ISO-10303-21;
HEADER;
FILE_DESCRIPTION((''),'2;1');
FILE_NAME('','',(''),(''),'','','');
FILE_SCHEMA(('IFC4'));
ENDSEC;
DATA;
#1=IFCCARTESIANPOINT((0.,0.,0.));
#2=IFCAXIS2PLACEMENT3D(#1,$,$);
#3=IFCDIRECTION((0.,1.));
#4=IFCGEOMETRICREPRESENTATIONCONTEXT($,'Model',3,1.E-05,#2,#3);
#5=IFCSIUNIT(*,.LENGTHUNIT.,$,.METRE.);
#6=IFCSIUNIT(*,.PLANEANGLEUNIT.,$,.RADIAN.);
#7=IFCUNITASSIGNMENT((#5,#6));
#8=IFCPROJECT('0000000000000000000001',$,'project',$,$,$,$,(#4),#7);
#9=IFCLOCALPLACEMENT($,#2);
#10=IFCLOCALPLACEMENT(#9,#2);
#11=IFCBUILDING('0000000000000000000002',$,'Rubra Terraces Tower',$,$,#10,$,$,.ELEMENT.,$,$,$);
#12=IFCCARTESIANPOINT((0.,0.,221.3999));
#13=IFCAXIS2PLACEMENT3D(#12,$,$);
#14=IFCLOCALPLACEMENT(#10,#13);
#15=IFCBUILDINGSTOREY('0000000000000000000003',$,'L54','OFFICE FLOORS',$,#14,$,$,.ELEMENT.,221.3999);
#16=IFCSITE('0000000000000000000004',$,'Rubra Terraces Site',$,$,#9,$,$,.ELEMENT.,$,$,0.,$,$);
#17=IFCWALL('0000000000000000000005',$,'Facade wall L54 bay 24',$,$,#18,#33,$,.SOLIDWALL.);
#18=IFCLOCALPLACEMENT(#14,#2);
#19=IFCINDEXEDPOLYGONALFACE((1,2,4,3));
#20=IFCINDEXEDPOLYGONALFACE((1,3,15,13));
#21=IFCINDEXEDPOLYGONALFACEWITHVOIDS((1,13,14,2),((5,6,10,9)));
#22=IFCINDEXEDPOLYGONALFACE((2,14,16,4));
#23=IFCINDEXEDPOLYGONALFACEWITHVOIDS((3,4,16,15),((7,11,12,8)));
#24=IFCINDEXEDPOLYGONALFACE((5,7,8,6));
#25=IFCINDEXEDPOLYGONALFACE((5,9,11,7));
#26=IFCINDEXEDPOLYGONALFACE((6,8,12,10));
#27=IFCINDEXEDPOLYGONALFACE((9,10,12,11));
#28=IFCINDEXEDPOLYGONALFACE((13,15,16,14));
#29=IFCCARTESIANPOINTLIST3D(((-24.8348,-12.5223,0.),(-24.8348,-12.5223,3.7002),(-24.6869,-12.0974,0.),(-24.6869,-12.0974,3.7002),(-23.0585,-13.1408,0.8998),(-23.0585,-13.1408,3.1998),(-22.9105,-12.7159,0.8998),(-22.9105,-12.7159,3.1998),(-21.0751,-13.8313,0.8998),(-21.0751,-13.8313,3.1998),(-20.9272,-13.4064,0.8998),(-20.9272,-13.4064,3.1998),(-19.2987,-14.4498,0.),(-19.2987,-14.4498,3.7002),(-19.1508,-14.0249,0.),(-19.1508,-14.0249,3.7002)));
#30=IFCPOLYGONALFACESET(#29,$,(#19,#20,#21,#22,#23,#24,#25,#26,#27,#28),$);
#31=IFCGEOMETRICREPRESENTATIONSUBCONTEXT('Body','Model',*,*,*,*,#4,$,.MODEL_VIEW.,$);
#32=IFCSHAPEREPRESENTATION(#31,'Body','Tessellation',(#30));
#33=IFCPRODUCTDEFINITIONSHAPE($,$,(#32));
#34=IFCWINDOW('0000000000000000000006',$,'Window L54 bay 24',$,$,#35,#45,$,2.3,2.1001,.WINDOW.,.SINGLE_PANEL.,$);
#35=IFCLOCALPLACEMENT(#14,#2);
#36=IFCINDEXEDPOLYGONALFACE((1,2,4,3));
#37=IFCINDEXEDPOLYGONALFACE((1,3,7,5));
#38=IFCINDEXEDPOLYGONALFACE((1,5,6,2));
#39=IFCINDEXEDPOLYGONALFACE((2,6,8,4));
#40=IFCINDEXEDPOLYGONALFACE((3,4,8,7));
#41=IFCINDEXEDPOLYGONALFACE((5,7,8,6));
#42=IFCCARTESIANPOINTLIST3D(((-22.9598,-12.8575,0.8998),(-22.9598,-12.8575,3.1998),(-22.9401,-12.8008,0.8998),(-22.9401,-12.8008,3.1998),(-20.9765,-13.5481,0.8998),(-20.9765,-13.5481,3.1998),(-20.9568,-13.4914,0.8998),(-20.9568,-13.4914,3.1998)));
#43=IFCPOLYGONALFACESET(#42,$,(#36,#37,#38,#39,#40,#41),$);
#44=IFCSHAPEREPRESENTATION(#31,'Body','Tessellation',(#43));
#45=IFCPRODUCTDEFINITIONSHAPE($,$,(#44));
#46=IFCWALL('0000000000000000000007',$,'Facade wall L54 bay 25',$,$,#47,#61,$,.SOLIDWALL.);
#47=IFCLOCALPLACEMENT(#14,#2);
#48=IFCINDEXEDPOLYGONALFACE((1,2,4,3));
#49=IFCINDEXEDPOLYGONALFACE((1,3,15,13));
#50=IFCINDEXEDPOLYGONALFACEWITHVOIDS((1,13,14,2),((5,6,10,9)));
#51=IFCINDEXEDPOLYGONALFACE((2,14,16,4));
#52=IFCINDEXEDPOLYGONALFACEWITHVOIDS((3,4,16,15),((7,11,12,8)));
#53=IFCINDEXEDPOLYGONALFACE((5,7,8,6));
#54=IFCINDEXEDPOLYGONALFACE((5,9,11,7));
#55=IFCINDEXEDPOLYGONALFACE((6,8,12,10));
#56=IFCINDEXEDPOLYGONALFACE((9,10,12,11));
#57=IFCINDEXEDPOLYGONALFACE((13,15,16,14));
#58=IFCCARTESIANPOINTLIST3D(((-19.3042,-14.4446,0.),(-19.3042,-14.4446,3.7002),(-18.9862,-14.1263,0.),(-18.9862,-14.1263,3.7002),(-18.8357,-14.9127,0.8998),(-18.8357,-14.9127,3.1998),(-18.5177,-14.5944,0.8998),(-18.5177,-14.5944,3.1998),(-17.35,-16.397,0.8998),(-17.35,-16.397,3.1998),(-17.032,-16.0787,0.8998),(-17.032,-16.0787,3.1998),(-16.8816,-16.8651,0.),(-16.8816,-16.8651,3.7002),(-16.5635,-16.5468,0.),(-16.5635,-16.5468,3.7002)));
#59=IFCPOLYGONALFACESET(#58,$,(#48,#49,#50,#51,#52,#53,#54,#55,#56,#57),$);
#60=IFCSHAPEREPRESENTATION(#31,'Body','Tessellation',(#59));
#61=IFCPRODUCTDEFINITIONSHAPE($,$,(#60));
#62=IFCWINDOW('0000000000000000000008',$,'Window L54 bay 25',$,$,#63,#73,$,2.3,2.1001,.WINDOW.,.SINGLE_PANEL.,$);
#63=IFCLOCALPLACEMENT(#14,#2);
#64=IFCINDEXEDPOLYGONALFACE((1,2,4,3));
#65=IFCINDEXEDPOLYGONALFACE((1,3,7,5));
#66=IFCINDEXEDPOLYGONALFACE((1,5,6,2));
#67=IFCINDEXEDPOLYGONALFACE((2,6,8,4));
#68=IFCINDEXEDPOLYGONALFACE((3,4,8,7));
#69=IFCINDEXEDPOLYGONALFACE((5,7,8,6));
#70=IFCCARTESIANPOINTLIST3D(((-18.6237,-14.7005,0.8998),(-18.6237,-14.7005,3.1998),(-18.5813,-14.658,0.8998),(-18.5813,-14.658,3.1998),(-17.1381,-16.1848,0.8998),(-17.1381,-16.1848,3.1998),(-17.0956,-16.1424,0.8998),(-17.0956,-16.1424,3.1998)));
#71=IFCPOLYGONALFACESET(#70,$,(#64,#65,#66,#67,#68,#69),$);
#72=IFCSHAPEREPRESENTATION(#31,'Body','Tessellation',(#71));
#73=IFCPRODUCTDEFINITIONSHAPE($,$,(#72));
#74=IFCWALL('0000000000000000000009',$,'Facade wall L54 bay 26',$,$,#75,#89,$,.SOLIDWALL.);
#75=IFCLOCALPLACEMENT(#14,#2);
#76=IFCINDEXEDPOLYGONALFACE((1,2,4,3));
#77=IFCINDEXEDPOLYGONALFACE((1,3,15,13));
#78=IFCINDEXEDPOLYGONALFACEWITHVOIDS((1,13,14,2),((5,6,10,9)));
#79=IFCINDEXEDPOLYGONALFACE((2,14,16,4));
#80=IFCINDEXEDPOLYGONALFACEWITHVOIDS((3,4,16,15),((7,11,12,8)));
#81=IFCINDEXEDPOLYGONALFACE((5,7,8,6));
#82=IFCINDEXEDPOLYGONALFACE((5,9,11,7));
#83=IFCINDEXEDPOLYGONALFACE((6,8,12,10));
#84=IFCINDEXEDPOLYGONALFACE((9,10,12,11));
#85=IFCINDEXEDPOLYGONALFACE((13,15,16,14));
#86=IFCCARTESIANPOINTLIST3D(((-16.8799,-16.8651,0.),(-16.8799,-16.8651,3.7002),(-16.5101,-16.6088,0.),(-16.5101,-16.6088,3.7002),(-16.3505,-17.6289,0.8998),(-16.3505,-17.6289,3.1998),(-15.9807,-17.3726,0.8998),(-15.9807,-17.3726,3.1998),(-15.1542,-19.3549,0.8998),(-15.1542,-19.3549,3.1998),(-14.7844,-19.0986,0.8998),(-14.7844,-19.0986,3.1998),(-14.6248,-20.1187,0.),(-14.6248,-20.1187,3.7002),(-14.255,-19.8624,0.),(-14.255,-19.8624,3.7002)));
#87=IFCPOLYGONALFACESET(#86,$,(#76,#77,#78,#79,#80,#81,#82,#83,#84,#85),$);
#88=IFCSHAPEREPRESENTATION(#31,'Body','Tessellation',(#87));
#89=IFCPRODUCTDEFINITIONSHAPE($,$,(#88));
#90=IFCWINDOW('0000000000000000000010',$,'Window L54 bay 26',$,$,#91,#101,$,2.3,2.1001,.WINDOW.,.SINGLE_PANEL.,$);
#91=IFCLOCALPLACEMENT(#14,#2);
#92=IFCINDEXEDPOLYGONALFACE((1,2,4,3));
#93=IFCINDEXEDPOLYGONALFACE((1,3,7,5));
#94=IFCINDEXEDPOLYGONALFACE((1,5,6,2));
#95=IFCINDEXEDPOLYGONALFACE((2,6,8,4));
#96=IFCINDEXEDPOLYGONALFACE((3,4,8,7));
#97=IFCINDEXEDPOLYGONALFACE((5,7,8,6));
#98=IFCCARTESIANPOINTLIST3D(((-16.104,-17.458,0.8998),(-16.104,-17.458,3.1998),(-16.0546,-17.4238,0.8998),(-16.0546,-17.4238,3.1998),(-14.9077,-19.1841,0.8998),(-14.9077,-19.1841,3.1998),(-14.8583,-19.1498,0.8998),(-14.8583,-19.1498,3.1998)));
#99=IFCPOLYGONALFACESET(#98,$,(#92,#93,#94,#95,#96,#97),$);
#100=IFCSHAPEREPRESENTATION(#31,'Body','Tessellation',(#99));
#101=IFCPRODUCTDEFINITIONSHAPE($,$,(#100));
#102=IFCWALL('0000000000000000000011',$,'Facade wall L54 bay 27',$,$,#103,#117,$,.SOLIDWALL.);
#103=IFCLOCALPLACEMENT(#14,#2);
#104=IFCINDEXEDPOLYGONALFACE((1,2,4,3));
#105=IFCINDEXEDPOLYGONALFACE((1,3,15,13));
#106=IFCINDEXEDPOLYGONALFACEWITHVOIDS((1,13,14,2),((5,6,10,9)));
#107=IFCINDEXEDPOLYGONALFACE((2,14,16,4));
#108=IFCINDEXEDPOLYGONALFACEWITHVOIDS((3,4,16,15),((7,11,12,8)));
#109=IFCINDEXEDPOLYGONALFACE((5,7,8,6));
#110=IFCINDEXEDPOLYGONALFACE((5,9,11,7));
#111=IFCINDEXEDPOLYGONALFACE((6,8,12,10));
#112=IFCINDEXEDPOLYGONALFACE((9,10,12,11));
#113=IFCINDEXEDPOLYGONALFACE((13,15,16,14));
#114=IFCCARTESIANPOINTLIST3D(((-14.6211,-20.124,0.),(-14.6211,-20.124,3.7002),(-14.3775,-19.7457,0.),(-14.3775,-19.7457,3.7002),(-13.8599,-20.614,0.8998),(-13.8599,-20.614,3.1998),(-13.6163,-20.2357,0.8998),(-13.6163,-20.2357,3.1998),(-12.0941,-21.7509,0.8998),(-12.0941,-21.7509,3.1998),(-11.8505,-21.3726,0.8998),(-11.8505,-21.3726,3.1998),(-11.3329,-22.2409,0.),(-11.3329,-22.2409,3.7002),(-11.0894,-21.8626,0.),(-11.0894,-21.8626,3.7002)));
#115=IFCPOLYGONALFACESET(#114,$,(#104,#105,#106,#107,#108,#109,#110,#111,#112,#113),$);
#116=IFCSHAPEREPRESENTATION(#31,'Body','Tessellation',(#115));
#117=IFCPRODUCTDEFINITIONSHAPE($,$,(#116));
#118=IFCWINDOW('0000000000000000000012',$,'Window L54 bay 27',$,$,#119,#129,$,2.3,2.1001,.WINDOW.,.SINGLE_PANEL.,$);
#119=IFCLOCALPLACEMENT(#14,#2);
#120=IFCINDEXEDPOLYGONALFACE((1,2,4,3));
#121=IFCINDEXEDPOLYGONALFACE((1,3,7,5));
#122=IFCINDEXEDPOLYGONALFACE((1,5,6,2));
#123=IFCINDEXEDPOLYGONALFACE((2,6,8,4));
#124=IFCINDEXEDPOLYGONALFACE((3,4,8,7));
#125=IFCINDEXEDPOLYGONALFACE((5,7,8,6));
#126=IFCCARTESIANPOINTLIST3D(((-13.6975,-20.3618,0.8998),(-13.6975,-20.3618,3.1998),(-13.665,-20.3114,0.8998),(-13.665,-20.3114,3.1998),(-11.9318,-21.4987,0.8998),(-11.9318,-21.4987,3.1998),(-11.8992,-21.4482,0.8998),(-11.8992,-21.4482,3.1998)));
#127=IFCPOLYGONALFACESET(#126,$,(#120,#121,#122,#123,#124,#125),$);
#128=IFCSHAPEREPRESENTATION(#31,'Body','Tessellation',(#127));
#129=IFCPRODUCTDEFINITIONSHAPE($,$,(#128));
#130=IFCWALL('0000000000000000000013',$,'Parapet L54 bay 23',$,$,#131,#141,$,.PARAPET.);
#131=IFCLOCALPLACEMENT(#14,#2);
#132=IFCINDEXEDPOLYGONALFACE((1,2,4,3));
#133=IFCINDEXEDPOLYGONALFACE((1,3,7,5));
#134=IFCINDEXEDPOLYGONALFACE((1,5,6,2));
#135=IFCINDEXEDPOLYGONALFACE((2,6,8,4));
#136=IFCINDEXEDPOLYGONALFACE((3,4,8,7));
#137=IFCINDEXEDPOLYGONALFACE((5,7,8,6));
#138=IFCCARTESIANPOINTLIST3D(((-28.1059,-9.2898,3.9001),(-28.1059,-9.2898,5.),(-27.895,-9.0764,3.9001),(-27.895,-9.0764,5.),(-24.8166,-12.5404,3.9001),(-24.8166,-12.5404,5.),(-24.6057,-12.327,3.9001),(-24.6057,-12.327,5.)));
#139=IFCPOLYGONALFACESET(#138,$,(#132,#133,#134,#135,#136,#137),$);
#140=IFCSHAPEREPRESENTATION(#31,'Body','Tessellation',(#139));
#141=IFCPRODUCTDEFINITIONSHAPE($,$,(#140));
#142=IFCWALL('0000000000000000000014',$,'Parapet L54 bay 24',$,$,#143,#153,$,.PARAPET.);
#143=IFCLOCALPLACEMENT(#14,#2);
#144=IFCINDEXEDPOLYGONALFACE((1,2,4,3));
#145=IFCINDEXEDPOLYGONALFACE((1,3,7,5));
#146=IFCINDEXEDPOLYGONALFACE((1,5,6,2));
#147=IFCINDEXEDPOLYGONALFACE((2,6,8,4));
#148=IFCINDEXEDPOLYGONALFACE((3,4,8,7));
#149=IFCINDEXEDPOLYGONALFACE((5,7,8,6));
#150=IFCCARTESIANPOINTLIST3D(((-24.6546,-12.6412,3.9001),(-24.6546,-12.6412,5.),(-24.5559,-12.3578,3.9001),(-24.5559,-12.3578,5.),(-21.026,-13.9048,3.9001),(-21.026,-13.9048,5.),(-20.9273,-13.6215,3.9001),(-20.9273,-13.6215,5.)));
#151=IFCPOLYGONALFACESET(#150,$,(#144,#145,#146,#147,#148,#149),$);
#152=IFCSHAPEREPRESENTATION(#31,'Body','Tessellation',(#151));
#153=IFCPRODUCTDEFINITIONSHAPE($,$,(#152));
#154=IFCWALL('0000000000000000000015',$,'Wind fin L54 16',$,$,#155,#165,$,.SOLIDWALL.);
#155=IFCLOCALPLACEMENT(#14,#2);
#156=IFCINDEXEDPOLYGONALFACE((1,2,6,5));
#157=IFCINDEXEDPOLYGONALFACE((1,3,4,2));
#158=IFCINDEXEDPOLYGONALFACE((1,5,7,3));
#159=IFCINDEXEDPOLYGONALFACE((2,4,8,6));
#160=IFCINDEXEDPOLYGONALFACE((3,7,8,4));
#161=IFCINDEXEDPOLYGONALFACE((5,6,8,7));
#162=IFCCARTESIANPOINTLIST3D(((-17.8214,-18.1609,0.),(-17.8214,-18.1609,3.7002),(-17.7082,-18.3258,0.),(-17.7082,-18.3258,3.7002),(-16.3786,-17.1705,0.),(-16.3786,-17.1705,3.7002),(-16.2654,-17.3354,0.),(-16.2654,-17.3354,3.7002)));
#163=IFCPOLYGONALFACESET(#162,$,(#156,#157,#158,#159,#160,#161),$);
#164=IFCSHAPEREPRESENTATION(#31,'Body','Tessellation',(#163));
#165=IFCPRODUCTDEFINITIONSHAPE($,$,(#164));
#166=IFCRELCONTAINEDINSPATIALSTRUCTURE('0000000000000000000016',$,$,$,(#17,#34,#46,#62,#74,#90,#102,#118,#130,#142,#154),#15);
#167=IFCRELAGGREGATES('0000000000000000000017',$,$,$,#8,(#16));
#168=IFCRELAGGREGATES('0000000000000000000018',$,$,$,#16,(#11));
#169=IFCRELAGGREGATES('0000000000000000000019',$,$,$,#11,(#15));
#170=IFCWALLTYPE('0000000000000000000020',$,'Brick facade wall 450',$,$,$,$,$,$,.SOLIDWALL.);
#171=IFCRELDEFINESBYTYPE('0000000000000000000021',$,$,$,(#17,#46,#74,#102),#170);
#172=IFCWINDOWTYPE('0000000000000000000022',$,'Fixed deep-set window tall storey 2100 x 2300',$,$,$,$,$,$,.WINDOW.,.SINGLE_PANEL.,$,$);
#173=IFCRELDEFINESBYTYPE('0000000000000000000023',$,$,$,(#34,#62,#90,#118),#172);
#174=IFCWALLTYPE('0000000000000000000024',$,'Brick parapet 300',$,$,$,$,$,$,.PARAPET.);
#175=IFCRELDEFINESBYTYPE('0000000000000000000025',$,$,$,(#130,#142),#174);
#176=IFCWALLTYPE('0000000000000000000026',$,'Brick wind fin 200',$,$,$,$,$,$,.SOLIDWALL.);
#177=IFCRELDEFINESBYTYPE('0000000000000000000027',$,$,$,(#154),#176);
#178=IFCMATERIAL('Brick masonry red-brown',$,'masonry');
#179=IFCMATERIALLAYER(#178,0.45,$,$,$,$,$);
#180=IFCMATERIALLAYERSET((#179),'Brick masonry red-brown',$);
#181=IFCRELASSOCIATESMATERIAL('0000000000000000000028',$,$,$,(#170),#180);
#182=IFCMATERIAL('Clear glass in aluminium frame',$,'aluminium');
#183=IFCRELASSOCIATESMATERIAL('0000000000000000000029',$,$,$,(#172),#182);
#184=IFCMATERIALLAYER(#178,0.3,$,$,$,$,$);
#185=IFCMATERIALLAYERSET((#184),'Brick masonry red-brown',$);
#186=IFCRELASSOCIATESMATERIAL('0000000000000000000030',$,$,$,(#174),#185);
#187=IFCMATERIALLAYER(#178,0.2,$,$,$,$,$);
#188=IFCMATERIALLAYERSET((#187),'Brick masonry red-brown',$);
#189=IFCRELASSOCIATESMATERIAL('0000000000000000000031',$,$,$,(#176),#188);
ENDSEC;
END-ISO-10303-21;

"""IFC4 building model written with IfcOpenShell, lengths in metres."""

from ifc_helpers import new_model, si_unit, direction, frame, frame_2d, origin, place, context, subcontext, project, spatial, rectangle, extrude, material, layer, layer_set, type_object, element, fill, save


model = new_model("IFC4")

# Units and contexts
model_context = context("Model", 3, precision=1e-05, world=origin(), true_north=direction((0.0, 1.0)))
body_context = subcontext(model_context, "Body", "Model", "MODEL_VIEW")
ifc_project = project(units=[si_unit("LENGTHUNIT", "METRE"), si_unit("PLANEANGLEUNIT", "RADIAN")], contexts=[model_context])

# Site, building, storey
site_placement = place(None, origin())
site = spatial("IfcSite", under=ifc_project, at=site_placement, Name="Rubra Terraces Site", CompositionType="ELEMENT", RefElevation=0.0)
building_placement = place(site_placement, origin())
building = spatial("IfcBuilding", under=site, at=building_placement, Name="Rubra Terraces Tower", CompositionType="ELEMENT")
storey_placement = place(building_placement, frame((0.0, 0.0, 221.3999)))
storey = spatial("IfcBuildingStorey", under=building, at=storey_placement, Name="L54", Description="OFFICE FLOORS", CompositionType="ELEMENT", Elevation=221.3999)

# Walls, openings, windows
ifc_material_1 = material(Name="Brick masonry red-brown", Category="masonry")
ifc_layer_1 = layer(ifc_material_1, 0.45)
ifc_layer_set_1 = layer_set([ifc_layer_1], Name="Brick masonry red-brown")
wall_type_1 = type_object("IfcWallType", Name="Brick facade wall 450", PredefinedType="SOLIDWALL", material=ifc_layer_set_1)
wall_1_placement = place(storey_placement, frame((-24.761, -12.3098, 0.0), z_axis=(0.0, 0.0, 1.0), x_axis=(0.944397, -0.328807, 0.0)))
wall_1 = element("IfcWall", 1, at=wall_1_placement, inside=storey, type_object=wall_type_1, Name="Facade wall L54 bay 24", PredefinedType="SOLIDWALL", context=body_context, shape_type="SweptSolid", body=[
    extrude(rectangle(XDim=5.8621, YDim=0.45, at=frame_2d((2.9312, 0.0))), origin(), (0.0, 0.0, 1.0), 3.7002),
])
opening_1_placement = place(wall_1_placement, frame((1.8811, 0.0, 0.8999)))
opening_1 = element("IfcOpeningElement", 2, at=opening_1_placement, cuts=wall_1, PredefinedType="OPENING", context=body_context, shape_type="SweptSolid", body=[
    extrude(rectangle(XDim=2.1001, YDim=2.3, at=frame_2d((1.05, 1.1499))), frame((0.0, 0.2349, 0.0), z_axis=(0.0, -1.0, 0.0), x_axis=(1.0, 0.0, 0.0)), (0.0, 0.0, 1.0), 0.47),
])
ifc_material_2 = material(Name="Clear glass in aluminium frame", Category="aluminium")
window_type = type_object("IfcWindowType", Name="Fixed deep-set window tall storey 2100 x 2300", PartitioningType="SINGLE_PANEL", PredefinedType="WINDOW", material=ifc_material_2)
window_1_placement = place(opening_1_placement, origin())
window_1 = element("IfcWindow", 3, at=window_1_placement, inside=storey, type_object=window_type, Name="Window L54 bay 24", OverallHeight=2.3, OverallWidth=2.1001, PartitioningType="SINGLE_PANEL", PredefinedType="WINDOW", context=body_context, shape_type="SweptSolid", body=[
    extrude(rectangle(XDim=2.1001, YDim=2.3, at=frame_2d((1.05, 1.1499))), frame((0.0, 0.135, 0.0), z_axis=(0.0, -1.0, 0.0), x_axis=(1.0, 0.0, 0.0)), (0.0, 0.0, 1.0), 0.0601),
])
fill(opening_1, window_1)
wall_2_placement = place(storey_placement, frame((-19.1453, -14.2854, 0.0), z_axis=(0.0, 0.0, 1.0), x_axis=(0.707428, -0.706786, 0.0)))
wall_2 = element("IfcWall", 4, at=wall_2_placement, inside=storey, type_object=wall_type_1, Name="Facade wall L54 bay 25", PredefinedType="SOLIDWALL", context=body_context, shape_type="SweptSolid", body=[
    extrude(rectangle(XDim=3.4246, YDim=0.45, at=frame_2d((1.7124, 0.0))), origin(), (0.0, 0.0, 1.0), 3.7002),
])
opening_2_placement = place(wall_2_placement, frame((0.6624, 0.0, 0.8999)))
opening_2 = element("IfcOpeningElement", 5, at=opening_2_placement, cuts=wall_2, PredefinedType="OPENING", context=body_context, shape_type="SweptSolid", body=[
    extrude(rectangle(XDim=2.1001, YDim=2.3, at=frame_2d((1.05, 1.1499))), frame((0.0, 0.2349, 0.0), z_axis=(0.0, -1.0, 0.0), x_axis=(1.0, 0.0, 0.0)), (0.0, 0.0, 1.0), 0.47),
])
window_2_placement = place(opening_2_placement, origin())
window_2 = element("IfcWindow", 6, at=window_2_placement, inside=storey, type_object=window_type, Name="Window L54 bay 25", OverallHeight=2.3, OverallWidth=2.1001, PartitioningType="SINGLE_PANEL", PredefinedType="WINDOW", context=body_context, shape_type="SweptSolid", body=[
    extrude(rectangle(XDim=2.1001, YDim=2.3, at=frame_2d((1.05, 1.1499))), frame((0.0, 0.135, 0.0), z_axis=(0.0, -1.0, 0.0), x_axis=(1.0, 0.0, 0.0)), (0.0, 0.0, 1.0), 0.0601),
])
fill(opening_2, window_2)
wall_3_placement = place(storey_placement, frame((-16.6951, -16.7368, 0.0), z_axis=(0.0, 0.0, 1.0), x_axis=(0.569652, -0.821886, 0.0)))
wall_3 = element("IfcWall", 7, at=wall_3_placement, inside=storey, type_object=wall_type_1, Name="Facade wall L54 bay 26", PredefinedType="SOLIDWALL", context=body_context, shape_type="SweptSolid", body=[
    extrude(rectangle(XDim=3.9587, YDim=0.45, at=frame_2d((1.9795, 0.0))), origin(), (0.0, 0.0, 1.0), 3.7002),
])
opening_3_placement = place(wall_3_placement, frame((0.9294, 0.0, 0.8999)))
opening_3 = element("IfcOpeningElement", 8, at=opening_3_placement, cuts=wall_3, PredefinedType="OPENING", context=body_context, shape_type="SweptSolid", body=[
    extrude(rectangle(XDim=2.1001, YDim=2.3, at=frame_2d((1.05, 1.1499))), frame((0.0, 0.2349, 0.0), z_axis=(0.0, -1.0, 0.0), x_axis=(1.0, 0.0, 0.0)), (0.0, 0.0, 1.0), 0.47),
])
window_3_placement = place(opening_3_placement, origin())
window_3 = element("IfcWindow", 9, at=window_3_placement, inside=storey, type_object=window_type, Name="Window L54 bay 26", OverallHeight=2.3, OverallWidth=2.1001, PartitioningType="SINGLE_PANEL", PredefinedType="WINDOW", context=body_context, shape_type="SweptSolid", body=[
    extrude(rectangle(XDim=2.1001, YDim=2.3, at=frame_2d((1.05, 1.1499))), frame((0.0, 0.135, 0.0), z_axis=(0.0, -1.0, 0.0), x_axis=(1.0, 0.0, 0.0)), (0.0, 0.0, 1.0), 0.0601),
])
fill(opening_3, window_3)
wall_4_placement = place(storey_placement, frame((-14.4993, -19.9348, 0.0), z_axis=(0.0, 0.0, 1.0), x_axis=(0.840809, -0.541332, 0.0)))
wall_4 = element("IfcWall", 10, at=wall_4_placement, inside=storey, type_object=wall_type_1, Name="Facade wall L54 bay 27", PredefinedType="SOLIDWALL", context=body_context, shape_type="SweptSolid", body=[
    extrude(rectangle(XDim=3.9106, YDim=0.45, at=frame_2d((1.9553, 0.0))), origin(), (0.0, 0.0, 1.0), 3.7002),
])
opening_4_placement = place(wall_4_placement, frame((0.9053, 0.0, 0.8999)))
opening_4 = element("IfcOpeningElement", 11, at=opening_4_placement, cuts=wall_4, PredefinedType="OPENING", context=body_context, shape_type="SweptSolid", body=[
    extrude(rectangle(XDim=2.1001, YDim=2.3, at=frame_2d((1.05, 1.1499))), frame((0.0, 0.2349, 0.0), z_axis=(0.0, -1.0, 0.0), x_axis=(1.0, 0.0, 0.0)), (0.0, 0.0, 1.0), 0.47),
])
window_4_placement = place(opening_4_placement, origin())
window_4 = element("IfcWindow", 12, at=window_4_placement, inside=storey, type_object=window_type, Name="Window L54 bay 27", OverallHeight=2.3, OverallWidth=2.1001, PartitioningType="SINGLE_PANEL", PredefinedType="WINDOW", context=body_context, shape_type="SweptSolid", body=[
    extrude(rectangle(XDim=2.1001, YDim=2.3, at=frame_2d((1.05, 1.1499))), frame((0.0, 0.135, 0.0), z_axis=(0.0, -1.0, 0.0), x_axis=(1.0, 0.0, 0.0)), (0.0, 0.0, 1.0), 0.0601),
])
fill(opening_4, window_4)

# Walls
ifc_layer_2 = layer(ifc_material_1, 0.3)
ifc_layer_set_2 = layer_set([ifc_layer_2], Name="Brick masonry red-brown")
wall_type_2 = type_object("IfcWallType", Name="Brick parapet 300", PredefinedType="PARAPET", material=ifc_layer_set_2)
wall_5_placement = place(storey_placement, frame((-28.0005, -9.1831, 3.9001), z_axis=(0.0, 0.0, 1.0), x_axis=(0.711291, -0.702897, 0.0)))
element("IfcWall", 13, at=wall_5_placement, inside=storey, type_object=wall_type_2, Name="Parapet L54 bay 23", PredefinedType="PARAPET", context=body_context, shape_type="SweptSolid", body=[
    extrude(rectangle(XDim=4.6245, YDim=0.3, at=frame_2d((2.3123, 0.0))), origin(), (0.0, 0.0, 1.0), 1.0999),
])
wall_6_placement = place(storey_placement, frame((-24.6052, -12.4995, 3.9001), z_axis=(0.0, 0.0, 1.0), x_axis=(0.944373, -0.328875, 0.0)))
element("IfcWall", 14, at=wall_6_placement, inside=storey, type_object=wall_type_2, Name="Parapet L54 bay 24", PredefinedType="PARAPET", context=body_context, shape_type="SweptSolid", body=[
    extrude(rectangle(XDim=3.8423, YDim=0.3, at=frame_2d((1.9211, 0.0))), origin(), (0.0, 0.0, 1.0), 1.0999),
])
ifc_layer_3 = layer(ifc_material_1, 0.2)
ifc_layer_set_3 = layer_set([ifc_layer_3], Name="Brick masonry red-brown")
wall_type_3 = type_object("IfcWallType", Name="Brick wind fin 200", PredefinedType="SOLIDWALL", material=ifc_layer_set_3)
wall_7_placement = place(storey_placement, frame((-16.322, -17.2529, 0.0), z_axis=(0.0, 0.0, 1.0), x_axis=(-0.824441, -0.565948, 0.0)))
element("IfcWall", 15, at=wall_7_placement, inside=storey, type_object=wall_type_3, Name="Wind fin L54 16", PredefinedType="SOLIDWALL", context=body_context, shape_type="SweptSolid", body=[
    extrude(rectangle(XDim=1.75, YDim=0.2, at=frame_2d((0.875, 0.0))), origin(), (0.0, 0.0, 1.0), 3.7002),
])

save(model, "model.ifc")
